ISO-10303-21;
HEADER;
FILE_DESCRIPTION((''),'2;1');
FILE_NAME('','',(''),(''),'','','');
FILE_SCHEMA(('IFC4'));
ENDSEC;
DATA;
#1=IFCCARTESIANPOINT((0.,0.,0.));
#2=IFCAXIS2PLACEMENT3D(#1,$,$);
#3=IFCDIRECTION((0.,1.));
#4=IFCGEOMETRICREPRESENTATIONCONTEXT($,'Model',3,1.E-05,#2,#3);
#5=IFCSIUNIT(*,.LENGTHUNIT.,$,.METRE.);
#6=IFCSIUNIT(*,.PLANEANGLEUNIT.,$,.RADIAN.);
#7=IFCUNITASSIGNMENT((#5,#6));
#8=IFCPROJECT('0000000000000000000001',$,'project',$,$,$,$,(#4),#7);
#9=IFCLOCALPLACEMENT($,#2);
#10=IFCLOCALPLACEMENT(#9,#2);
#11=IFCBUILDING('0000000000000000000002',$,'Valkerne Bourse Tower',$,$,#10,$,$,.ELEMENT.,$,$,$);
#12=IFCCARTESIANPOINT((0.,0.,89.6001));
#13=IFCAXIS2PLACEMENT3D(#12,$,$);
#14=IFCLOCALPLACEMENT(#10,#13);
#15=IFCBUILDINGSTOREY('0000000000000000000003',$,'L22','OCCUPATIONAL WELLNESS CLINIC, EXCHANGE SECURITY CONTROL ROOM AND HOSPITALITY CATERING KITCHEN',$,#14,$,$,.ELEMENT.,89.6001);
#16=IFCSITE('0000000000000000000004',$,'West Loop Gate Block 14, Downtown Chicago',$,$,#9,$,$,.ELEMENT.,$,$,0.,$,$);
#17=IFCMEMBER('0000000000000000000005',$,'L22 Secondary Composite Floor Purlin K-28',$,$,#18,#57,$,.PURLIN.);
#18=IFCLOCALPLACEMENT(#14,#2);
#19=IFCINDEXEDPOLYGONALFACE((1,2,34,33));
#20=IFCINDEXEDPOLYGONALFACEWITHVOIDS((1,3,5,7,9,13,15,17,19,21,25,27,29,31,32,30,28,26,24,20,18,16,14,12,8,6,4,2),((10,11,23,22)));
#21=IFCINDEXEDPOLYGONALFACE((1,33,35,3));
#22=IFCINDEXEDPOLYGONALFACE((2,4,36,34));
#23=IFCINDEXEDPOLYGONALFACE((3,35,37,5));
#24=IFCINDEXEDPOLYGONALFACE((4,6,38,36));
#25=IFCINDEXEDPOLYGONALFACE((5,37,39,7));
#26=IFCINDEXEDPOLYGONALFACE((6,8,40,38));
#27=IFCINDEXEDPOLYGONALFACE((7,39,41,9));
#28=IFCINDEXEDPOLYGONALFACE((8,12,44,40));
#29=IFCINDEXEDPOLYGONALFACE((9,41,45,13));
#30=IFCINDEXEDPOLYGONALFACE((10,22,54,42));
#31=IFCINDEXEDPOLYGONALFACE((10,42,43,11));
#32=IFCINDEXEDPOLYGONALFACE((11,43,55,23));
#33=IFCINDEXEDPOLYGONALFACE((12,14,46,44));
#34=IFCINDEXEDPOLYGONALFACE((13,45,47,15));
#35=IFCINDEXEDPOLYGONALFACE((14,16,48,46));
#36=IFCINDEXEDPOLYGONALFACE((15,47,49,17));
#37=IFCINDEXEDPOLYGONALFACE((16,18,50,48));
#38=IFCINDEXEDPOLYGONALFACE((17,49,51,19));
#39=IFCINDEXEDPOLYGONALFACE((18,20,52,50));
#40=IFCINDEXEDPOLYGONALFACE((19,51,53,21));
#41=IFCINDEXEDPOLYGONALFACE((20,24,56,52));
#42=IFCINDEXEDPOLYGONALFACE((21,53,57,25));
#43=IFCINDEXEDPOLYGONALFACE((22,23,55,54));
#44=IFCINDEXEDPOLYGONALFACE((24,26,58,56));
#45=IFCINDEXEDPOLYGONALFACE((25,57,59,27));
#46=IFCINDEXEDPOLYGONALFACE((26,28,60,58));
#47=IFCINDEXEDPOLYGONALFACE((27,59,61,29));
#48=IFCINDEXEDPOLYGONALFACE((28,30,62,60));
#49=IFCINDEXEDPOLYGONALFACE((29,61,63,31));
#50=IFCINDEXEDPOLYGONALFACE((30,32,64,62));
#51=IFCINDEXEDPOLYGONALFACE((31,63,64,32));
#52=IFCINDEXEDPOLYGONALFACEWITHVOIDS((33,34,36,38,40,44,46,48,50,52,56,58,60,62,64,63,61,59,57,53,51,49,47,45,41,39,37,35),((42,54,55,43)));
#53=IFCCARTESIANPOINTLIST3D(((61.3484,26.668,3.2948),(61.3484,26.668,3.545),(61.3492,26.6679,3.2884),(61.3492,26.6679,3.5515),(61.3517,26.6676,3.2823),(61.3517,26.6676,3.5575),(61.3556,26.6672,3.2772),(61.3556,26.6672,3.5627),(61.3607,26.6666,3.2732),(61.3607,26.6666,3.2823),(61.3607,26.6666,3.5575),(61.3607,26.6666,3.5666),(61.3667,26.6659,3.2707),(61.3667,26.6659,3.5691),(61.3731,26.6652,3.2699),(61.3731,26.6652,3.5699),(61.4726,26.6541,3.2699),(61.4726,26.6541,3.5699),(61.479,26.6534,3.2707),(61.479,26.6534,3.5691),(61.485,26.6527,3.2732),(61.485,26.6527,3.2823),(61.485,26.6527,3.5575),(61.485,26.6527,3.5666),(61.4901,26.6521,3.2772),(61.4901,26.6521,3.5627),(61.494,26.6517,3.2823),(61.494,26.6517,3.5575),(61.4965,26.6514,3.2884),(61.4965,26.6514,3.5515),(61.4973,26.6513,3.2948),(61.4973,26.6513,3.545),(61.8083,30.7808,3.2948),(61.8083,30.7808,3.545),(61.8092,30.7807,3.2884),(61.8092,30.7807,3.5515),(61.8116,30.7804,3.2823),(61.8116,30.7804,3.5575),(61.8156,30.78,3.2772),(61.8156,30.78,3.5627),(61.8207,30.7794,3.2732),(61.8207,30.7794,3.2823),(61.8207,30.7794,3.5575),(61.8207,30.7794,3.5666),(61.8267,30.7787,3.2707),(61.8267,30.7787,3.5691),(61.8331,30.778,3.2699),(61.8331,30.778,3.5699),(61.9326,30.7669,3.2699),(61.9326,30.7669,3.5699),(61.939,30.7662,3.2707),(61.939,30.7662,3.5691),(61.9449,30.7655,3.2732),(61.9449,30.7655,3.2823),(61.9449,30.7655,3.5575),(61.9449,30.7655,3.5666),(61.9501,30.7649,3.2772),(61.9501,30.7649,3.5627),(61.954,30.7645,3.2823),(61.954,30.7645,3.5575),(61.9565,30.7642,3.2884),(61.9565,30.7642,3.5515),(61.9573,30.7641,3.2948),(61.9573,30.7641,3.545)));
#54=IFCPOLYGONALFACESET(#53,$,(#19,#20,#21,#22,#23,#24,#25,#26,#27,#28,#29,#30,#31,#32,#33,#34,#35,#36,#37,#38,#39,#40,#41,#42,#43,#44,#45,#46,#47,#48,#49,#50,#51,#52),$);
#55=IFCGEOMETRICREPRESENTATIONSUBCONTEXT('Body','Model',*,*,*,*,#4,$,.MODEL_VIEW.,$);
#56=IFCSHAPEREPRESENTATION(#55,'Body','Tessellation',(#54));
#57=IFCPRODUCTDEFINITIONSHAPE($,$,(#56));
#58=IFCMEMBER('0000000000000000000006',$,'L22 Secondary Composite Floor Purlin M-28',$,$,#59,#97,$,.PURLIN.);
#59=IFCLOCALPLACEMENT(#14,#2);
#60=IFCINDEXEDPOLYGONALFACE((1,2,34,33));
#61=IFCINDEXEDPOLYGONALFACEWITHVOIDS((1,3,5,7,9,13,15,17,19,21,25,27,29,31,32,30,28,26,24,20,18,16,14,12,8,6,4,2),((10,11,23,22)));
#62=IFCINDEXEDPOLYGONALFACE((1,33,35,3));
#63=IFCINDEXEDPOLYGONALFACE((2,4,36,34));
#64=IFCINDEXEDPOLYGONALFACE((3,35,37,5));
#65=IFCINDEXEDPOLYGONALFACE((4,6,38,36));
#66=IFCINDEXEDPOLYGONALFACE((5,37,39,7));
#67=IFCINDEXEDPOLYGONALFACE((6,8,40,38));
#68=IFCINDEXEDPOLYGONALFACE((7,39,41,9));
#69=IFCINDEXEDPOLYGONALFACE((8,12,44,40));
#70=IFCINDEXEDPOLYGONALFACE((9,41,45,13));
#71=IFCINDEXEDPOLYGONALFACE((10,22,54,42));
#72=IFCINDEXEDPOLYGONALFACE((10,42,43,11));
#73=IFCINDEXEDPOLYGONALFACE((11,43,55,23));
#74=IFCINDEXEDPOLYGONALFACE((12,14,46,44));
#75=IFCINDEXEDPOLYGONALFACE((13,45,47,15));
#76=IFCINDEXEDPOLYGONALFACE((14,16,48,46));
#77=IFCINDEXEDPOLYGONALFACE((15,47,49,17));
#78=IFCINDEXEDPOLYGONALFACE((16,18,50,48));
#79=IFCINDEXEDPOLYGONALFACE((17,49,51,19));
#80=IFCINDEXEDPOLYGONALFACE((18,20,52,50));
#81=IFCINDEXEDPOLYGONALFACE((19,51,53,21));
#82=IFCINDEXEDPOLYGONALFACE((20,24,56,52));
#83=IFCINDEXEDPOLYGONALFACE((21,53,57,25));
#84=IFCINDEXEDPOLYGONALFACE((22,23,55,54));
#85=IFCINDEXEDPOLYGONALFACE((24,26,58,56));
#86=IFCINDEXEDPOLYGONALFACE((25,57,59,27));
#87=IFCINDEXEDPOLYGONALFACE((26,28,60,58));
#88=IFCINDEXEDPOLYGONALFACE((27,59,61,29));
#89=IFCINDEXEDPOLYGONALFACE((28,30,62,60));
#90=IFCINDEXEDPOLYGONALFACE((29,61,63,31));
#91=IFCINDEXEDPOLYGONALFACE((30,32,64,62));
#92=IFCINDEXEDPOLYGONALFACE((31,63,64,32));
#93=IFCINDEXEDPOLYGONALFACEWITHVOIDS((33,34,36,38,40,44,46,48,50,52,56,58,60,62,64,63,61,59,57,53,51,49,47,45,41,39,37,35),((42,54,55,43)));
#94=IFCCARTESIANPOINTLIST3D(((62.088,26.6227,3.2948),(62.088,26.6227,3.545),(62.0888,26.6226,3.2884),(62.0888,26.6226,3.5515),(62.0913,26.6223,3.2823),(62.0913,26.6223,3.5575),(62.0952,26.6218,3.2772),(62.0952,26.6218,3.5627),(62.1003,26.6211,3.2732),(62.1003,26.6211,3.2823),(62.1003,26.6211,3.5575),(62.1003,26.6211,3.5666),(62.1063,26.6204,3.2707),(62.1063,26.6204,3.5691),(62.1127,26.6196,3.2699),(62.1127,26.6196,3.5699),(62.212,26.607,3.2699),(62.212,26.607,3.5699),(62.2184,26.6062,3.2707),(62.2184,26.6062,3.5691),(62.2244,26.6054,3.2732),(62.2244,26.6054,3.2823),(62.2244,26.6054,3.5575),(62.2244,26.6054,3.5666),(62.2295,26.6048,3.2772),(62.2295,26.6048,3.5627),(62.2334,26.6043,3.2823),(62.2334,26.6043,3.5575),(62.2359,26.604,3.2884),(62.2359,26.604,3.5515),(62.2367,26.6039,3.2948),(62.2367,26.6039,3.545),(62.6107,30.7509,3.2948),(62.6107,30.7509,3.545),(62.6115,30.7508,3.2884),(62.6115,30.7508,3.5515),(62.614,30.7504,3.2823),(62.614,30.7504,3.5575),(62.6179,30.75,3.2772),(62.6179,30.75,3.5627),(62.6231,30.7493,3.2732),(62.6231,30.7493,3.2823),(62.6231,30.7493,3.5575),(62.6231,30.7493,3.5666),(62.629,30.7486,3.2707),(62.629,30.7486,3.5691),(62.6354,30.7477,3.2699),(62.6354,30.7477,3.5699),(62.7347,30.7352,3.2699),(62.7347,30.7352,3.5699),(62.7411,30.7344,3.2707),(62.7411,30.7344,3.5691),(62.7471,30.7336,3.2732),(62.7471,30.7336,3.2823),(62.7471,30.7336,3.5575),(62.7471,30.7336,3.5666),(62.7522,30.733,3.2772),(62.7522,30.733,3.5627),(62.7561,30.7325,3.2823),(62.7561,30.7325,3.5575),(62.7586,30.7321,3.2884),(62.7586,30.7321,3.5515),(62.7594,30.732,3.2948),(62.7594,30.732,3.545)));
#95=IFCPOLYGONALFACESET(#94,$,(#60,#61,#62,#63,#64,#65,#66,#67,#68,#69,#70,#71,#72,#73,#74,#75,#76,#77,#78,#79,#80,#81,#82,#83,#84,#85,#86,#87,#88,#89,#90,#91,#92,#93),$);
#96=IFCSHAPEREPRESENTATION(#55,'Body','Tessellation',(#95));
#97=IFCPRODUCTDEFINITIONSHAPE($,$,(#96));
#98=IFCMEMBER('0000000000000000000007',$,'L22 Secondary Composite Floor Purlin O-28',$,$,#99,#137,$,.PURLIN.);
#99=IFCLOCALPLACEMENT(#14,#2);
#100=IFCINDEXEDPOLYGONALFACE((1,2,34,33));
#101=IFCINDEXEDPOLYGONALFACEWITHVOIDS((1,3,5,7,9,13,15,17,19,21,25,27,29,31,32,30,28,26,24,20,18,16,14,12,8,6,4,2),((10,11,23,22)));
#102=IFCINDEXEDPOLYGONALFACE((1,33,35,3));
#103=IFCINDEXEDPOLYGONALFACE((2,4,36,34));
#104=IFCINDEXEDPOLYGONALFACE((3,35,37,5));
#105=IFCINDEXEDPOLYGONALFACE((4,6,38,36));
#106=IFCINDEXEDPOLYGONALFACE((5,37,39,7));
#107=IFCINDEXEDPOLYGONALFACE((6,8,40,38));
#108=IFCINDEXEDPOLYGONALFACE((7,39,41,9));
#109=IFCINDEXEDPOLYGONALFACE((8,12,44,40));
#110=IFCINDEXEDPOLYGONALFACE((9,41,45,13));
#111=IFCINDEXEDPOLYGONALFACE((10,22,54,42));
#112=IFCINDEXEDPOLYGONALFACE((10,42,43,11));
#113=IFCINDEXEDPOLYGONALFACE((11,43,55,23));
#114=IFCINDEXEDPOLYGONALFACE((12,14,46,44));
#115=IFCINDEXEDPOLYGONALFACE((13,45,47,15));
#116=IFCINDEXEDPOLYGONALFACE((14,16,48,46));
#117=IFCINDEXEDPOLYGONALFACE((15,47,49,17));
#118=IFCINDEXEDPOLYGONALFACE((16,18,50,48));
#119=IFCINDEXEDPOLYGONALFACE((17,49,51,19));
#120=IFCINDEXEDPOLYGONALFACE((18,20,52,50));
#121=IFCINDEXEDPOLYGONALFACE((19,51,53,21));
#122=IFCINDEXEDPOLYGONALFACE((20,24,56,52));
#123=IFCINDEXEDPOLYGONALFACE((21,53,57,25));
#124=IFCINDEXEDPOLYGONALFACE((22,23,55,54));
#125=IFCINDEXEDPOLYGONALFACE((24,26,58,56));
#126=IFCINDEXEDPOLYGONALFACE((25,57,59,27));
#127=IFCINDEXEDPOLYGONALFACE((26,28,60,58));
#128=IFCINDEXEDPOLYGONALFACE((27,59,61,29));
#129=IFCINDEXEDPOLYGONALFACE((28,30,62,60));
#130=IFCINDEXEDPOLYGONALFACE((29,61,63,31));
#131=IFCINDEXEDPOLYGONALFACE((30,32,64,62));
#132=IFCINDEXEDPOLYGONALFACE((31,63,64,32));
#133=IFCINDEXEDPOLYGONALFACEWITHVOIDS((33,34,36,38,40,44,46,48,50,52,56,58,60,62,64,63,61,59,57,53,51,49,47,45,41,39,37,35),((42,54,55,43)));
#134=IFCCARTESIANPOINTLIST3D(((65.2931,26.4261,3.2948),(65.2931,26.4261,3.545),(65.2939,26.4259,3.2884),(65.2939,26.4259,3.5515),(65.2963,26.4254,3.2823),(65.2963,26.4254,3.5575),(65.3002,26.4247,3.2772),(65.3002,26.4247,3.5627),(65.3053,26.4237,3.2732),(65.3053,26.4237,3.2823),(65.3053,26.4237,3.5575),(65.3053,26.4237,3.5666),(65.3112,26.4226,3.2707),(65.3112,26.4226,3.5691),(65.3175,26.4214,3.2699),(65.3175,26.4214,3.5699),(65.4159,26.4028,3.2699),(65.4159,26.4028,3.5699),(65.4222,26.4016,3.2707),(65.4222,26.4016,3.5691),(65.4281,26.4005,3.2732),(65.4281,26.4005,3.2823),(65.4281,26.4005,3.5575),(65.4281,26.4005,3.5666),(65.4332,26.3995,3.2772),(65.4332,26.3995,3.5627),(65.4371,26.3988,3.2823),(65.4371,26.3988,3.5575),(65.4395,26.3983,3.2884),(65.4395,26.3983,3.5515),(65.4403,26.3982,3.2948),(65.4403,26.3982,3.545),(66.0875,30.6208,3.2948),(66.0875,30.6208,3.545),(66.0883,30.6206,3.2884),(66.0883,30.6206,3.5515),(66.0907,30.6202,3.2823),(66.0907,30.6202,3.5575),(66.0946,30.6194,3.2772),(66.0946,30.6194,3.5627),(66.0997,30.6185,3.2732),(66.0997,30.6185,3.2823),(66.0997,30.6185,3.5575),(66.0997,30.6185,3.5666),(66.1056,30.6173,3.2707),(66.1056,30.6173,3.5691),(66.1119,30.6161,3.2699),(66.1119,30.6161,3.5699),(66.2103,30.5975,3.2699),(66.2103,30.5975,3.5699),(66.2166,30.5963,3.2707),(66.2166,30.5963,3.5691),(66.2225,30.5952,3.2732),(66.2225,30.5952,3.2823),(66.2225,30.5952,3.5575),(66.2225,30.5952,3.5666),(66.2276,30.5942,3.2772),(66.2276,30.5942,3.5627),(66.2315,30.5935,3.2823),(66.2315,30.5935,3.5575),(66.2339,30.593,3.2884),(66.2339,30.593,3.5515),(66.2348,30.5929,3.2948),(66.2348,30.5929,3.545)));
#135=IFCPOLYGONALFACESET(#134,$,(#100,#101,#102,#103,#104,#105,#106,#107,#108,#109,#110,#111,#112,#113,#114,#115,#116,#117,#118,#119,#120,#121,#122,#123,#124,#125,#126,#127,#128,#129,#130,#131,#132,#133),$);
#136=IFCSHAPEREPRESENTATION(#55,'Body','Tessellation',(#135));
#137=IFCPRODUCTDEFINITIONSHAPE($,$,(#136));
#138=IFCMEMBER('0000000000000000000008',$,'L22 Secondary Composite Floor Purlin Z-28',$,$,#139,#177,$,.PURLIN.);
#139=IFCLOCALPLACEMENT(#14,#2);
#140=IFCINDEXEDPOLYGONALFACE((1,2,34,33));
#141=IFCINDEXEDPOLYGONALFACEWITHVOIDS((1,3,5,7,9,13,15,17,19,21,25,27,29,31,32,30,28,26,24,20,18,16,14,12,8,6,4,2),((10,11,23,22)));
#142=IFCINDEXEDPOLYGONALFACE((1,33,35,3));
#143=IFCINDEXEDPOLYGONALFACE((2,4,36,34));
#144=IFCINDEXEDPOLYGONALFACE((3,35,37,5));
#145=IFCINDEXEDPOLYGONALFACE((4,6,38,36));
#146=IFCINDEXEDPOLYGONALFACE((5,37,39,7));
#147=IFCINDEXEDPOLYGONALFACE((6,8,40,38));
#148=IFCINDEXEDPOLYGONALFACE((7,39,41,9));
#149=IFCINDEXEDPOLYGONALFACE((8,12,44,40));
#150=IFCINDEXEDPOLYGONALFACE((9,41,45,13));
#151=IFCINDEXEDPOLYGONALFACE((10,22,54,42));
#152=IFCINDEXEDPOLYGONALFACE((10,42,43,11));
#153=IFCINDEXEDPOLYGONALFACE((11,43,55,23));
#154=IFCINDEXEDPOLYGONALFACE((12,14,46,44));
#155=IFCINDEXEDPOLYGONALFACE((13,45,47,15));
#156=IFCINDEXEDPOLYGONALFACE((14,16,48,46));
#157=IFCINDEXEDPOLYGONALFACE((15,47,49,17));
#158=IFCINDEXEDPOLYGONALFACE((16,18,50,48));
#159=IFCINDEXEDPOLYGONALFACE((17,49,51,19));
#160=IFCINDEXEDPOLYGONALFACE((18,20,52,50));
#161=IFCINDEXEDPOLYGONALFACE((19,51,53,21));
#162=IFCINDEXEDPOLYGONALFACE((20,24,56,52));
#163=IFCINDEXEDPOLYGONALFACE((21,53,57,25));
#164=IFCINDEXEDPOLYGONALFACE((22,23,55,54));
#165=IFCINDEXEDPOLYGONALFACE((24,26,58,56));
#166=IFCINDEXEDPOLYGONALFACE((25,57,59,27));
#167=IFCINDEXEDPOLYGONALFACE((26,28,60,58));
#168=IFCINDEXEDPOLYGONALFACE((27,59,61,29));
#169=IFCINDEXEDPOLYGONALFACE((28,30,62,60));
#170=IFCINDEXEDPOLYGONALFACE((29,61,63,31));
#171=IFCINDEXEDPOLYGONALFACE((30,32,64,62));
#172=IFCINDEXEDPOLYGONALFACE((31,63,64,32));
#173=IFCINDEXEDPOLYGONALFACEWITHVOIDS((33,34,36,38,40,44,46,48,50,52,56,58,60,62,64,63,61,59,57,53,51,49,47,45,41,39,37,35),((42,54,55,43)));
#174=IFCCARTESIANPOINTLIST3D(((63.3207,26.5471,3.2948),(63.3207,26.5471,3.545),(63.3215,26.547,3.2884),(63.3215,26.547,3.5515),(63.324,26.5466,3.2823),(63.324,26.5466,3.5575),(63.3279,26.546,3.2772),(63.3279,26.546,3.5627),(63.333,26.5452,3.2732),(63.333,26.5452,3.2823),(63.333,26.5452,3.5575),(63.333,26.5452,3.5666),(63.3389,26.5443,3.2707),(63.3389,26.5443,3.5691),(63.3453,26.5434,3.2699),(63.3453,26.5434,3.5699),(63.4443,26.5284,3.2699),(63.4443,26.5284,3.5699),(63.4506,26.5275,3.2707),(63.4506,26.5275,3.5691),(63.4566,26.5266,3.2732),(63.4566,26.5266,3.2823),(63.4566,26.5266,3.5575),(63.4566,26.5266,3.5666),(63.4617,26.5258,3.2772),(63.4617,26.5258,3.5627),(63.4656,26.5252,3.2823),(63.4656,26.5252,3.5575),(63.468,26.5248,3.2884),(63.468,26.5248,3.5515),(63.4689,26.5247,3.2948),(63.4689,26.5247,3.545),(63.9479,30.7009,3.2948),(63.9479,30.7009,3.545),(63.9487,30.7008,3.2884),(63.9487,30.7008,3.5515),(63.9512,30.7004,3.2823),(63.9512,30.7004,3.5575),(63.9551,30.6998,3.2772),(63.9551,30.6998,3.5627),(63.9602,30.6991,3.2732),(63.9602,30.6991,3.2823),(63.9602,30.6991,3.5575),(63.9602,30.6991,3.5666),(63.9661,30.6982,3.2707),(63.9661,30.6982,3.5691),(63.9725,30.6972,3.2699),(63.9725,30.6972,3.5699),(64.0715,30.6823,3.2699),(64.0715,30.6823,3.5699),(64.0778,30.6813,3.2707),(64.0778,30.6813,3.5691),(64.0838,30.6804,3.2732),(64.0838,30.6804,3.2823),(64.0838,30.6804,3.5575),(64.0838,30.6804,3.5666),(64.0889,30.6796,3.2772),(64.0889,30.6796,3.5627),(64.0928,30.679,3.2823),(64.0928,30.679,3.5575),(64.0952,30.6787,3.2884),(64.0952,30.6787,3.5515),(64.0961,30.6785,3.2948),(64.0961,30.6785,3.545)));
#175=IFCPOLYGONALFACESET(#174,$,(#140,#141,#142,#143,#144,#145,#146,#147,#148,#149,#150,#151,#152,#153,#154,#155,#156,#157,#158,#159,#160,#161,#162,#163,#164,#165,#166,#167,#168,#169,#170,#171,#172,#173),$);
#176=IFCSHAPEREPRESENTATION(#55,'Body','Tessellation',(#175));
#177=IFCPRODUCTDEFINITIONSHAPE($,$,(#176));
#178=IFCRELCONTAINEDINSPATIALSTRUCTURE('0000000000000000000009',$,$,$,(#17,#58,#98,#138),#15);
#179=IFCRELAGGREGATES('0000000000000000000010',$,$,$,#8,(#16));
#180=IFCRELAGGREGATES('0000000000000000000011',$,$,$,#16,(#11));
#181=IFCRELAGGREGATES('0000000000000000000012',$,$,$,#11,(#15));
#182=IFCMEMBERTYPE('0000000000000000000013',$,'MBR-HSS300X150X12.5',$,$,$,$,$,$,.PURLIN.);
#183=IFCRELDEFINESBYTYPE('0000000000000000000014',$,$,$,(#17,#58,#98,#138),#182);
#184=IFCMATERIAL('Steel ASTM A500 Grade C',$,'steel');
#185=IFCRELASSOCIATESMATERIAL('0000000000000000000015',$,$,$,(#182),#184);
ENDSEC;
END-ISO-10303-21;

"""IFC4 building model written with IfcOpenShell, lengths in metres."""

from ifc_helpers import new_model, si_unit, direction, frame, origin, origin_2d, place, context, subcontext, project, spatial, hollow_rectangle, extrude, material, material_profile, profile_set, type_object, element, save


model = new_model("IFC4")

# Units and contexts
model_context = context("Model", 3, precision=1e-05, world=origin(), true_north=direction((0.0, 1.0)))
body_context = subcontext(model_context, "Body", "Model", "MODEL_VIEW")
ifc_project = project(units=[si_unit("LENGTHUNIT", "METRE"), si_unit("PLANEANGLEUNIT", "RADIAN")], contexts=[model_context])

# Site, building, storey
site_placement = place(None, origin())
site = spatial("IfcSite", under=ifc_project, at=site_placement, Name="West Loop Gate Block 14, Downtown Chicago", CompositionType="ELEMENT", RefElevation=0.0)
building_placement = place(site_placement, origin())
building = spatial("IfcBuilding", under=site, at=building_placement, Name="Valkerne Bourse Tower", CompositionType="ELEMENT")
storey_placement = place(building_placement, frame((0.0, 0.0, 89.6001)))
storey = spatial("IfcBuildingStorey", under=building, at=storey_placement, Name="L22", Description="OCCUPATIONAL WELLNESS CLINIC, EXCHANGE SECURITY CONTROL ROOM AND HOSPITALITY CATERING KITCHEN", CompositionType="ELEMENT", Elevation=89.6001)

# Members
ifc_material_1 = material(Name="Steel ASTM A500 Grade C", Category="steel")
ifc_material_profile_1 = material_profile(ifc_material_1, hollow_rectangle(XDim=0.1499, YDim=0.3, WallThickness=0.0125, OuterFilletRadius=0.0249, at=origin_2d()), Name="HSS300X150X12.5")
ifc_profile_set_1 = profile_set([ifc_material_profile_1], Name="Steel ASTM A500 Grade C")
member_type_1 = type_object("IfcMemberType", Name="MBR-HSS300X150X12.5", PredefinedType="PURLIN", material=ifc_profile_set_1)
member_1_placement = place(storey_placement, frame((61.4229, 26.6597, 3.4199), z_axis=(0.111144, 0.993804, 0.0), x_axis=(-0.993804, 0.111144, 0.0)))
element("IfcMember", 1, at=member_1_placement, inside=storey, type_object=member_type_1, Name="L22 Secondary Composite Floor Purlin K-28", PredefinedType="PURLIN", context=body_context, shape_type="SweptSolid", body=[
    extrude(hollow_rectangle(XDim=0.1499, YDim=0.3, WallThickness=0.0125, OuterFilletRadius=0.0249, at=origin_2d()), origin(), (0.0, 0.0, 1.0), 4.1384),
])
member_2_placement = place(storey_placement, frame((62.1624, 26.6133, 3.4199), z_axis=(0.125616, 0.992079, 0.0), x_axis=(-0.992079, 0.125616, 0.0)))
element("IfcMember", 2, at=member_2_placement, inside=storey, type_object=member_type_1, Name="L22 Secondary Composite Floor Purlin M-28", PredefinedType="PURLIN", context=body_context, shape_type="SweptSolid", body=[
    extrude(hollow_rectangle(XDim=0.1499, YDim=0.3, WallThickness=0.0125, OuterFilletRadius=0.0249, at=origin_2d()), origin(), (0.0, 0.0, 1.0), 4.1611),
])
member_3_placement = place(storey_placement, frame((65.3667, 26.4121, 3.4199), z_axis=(0.186077, 0.982535, 0.0), x_axis=(-0.982535, 0.186077, 0.0)))
element("IfcMember", 3, at=member_3_placement, inside=storey, type_object=member_type_1, Name="L22 Secondary Composite Floor Purlin O-28", PredefinedType="PURLIN", context=body_context, shape_type="SweptSolid", body=[
    extrude(hollow_rectangle(XDim=0.1499, YDim=0.3, WallThickness=0.0125, OuterFilletRadius=0.0249, at=origin_2d()), origin(), (0.0, 0.0, 1.0), 4.2693),
])
member_4_placement = place(storey_placement, frame((63.3948, 26.5359, 3.4199), z_axis=(0.149301, 0.988792, 0.0), x_axis=(-0.988792, 0.149301, 0.0)))
element("IfcMember", 4, at=member_4_placement, inside=storey, type_object=member_type_1, Name="L22 Secondary Composite Floor Purlin Z-28", PredefinedType="PURLIN", context=body_context, shape_type="SweptSolid", body=[
    extrude(hollow_rectangle(XDim=0.1499, YDim=0.3, WallThickness=0.0125, OuterFilletRadius=0.0249, at=origin_2d()), origin(), (0.0, 0.0, 1.0), 4.2009),
])

save(model, "model.ifc")
